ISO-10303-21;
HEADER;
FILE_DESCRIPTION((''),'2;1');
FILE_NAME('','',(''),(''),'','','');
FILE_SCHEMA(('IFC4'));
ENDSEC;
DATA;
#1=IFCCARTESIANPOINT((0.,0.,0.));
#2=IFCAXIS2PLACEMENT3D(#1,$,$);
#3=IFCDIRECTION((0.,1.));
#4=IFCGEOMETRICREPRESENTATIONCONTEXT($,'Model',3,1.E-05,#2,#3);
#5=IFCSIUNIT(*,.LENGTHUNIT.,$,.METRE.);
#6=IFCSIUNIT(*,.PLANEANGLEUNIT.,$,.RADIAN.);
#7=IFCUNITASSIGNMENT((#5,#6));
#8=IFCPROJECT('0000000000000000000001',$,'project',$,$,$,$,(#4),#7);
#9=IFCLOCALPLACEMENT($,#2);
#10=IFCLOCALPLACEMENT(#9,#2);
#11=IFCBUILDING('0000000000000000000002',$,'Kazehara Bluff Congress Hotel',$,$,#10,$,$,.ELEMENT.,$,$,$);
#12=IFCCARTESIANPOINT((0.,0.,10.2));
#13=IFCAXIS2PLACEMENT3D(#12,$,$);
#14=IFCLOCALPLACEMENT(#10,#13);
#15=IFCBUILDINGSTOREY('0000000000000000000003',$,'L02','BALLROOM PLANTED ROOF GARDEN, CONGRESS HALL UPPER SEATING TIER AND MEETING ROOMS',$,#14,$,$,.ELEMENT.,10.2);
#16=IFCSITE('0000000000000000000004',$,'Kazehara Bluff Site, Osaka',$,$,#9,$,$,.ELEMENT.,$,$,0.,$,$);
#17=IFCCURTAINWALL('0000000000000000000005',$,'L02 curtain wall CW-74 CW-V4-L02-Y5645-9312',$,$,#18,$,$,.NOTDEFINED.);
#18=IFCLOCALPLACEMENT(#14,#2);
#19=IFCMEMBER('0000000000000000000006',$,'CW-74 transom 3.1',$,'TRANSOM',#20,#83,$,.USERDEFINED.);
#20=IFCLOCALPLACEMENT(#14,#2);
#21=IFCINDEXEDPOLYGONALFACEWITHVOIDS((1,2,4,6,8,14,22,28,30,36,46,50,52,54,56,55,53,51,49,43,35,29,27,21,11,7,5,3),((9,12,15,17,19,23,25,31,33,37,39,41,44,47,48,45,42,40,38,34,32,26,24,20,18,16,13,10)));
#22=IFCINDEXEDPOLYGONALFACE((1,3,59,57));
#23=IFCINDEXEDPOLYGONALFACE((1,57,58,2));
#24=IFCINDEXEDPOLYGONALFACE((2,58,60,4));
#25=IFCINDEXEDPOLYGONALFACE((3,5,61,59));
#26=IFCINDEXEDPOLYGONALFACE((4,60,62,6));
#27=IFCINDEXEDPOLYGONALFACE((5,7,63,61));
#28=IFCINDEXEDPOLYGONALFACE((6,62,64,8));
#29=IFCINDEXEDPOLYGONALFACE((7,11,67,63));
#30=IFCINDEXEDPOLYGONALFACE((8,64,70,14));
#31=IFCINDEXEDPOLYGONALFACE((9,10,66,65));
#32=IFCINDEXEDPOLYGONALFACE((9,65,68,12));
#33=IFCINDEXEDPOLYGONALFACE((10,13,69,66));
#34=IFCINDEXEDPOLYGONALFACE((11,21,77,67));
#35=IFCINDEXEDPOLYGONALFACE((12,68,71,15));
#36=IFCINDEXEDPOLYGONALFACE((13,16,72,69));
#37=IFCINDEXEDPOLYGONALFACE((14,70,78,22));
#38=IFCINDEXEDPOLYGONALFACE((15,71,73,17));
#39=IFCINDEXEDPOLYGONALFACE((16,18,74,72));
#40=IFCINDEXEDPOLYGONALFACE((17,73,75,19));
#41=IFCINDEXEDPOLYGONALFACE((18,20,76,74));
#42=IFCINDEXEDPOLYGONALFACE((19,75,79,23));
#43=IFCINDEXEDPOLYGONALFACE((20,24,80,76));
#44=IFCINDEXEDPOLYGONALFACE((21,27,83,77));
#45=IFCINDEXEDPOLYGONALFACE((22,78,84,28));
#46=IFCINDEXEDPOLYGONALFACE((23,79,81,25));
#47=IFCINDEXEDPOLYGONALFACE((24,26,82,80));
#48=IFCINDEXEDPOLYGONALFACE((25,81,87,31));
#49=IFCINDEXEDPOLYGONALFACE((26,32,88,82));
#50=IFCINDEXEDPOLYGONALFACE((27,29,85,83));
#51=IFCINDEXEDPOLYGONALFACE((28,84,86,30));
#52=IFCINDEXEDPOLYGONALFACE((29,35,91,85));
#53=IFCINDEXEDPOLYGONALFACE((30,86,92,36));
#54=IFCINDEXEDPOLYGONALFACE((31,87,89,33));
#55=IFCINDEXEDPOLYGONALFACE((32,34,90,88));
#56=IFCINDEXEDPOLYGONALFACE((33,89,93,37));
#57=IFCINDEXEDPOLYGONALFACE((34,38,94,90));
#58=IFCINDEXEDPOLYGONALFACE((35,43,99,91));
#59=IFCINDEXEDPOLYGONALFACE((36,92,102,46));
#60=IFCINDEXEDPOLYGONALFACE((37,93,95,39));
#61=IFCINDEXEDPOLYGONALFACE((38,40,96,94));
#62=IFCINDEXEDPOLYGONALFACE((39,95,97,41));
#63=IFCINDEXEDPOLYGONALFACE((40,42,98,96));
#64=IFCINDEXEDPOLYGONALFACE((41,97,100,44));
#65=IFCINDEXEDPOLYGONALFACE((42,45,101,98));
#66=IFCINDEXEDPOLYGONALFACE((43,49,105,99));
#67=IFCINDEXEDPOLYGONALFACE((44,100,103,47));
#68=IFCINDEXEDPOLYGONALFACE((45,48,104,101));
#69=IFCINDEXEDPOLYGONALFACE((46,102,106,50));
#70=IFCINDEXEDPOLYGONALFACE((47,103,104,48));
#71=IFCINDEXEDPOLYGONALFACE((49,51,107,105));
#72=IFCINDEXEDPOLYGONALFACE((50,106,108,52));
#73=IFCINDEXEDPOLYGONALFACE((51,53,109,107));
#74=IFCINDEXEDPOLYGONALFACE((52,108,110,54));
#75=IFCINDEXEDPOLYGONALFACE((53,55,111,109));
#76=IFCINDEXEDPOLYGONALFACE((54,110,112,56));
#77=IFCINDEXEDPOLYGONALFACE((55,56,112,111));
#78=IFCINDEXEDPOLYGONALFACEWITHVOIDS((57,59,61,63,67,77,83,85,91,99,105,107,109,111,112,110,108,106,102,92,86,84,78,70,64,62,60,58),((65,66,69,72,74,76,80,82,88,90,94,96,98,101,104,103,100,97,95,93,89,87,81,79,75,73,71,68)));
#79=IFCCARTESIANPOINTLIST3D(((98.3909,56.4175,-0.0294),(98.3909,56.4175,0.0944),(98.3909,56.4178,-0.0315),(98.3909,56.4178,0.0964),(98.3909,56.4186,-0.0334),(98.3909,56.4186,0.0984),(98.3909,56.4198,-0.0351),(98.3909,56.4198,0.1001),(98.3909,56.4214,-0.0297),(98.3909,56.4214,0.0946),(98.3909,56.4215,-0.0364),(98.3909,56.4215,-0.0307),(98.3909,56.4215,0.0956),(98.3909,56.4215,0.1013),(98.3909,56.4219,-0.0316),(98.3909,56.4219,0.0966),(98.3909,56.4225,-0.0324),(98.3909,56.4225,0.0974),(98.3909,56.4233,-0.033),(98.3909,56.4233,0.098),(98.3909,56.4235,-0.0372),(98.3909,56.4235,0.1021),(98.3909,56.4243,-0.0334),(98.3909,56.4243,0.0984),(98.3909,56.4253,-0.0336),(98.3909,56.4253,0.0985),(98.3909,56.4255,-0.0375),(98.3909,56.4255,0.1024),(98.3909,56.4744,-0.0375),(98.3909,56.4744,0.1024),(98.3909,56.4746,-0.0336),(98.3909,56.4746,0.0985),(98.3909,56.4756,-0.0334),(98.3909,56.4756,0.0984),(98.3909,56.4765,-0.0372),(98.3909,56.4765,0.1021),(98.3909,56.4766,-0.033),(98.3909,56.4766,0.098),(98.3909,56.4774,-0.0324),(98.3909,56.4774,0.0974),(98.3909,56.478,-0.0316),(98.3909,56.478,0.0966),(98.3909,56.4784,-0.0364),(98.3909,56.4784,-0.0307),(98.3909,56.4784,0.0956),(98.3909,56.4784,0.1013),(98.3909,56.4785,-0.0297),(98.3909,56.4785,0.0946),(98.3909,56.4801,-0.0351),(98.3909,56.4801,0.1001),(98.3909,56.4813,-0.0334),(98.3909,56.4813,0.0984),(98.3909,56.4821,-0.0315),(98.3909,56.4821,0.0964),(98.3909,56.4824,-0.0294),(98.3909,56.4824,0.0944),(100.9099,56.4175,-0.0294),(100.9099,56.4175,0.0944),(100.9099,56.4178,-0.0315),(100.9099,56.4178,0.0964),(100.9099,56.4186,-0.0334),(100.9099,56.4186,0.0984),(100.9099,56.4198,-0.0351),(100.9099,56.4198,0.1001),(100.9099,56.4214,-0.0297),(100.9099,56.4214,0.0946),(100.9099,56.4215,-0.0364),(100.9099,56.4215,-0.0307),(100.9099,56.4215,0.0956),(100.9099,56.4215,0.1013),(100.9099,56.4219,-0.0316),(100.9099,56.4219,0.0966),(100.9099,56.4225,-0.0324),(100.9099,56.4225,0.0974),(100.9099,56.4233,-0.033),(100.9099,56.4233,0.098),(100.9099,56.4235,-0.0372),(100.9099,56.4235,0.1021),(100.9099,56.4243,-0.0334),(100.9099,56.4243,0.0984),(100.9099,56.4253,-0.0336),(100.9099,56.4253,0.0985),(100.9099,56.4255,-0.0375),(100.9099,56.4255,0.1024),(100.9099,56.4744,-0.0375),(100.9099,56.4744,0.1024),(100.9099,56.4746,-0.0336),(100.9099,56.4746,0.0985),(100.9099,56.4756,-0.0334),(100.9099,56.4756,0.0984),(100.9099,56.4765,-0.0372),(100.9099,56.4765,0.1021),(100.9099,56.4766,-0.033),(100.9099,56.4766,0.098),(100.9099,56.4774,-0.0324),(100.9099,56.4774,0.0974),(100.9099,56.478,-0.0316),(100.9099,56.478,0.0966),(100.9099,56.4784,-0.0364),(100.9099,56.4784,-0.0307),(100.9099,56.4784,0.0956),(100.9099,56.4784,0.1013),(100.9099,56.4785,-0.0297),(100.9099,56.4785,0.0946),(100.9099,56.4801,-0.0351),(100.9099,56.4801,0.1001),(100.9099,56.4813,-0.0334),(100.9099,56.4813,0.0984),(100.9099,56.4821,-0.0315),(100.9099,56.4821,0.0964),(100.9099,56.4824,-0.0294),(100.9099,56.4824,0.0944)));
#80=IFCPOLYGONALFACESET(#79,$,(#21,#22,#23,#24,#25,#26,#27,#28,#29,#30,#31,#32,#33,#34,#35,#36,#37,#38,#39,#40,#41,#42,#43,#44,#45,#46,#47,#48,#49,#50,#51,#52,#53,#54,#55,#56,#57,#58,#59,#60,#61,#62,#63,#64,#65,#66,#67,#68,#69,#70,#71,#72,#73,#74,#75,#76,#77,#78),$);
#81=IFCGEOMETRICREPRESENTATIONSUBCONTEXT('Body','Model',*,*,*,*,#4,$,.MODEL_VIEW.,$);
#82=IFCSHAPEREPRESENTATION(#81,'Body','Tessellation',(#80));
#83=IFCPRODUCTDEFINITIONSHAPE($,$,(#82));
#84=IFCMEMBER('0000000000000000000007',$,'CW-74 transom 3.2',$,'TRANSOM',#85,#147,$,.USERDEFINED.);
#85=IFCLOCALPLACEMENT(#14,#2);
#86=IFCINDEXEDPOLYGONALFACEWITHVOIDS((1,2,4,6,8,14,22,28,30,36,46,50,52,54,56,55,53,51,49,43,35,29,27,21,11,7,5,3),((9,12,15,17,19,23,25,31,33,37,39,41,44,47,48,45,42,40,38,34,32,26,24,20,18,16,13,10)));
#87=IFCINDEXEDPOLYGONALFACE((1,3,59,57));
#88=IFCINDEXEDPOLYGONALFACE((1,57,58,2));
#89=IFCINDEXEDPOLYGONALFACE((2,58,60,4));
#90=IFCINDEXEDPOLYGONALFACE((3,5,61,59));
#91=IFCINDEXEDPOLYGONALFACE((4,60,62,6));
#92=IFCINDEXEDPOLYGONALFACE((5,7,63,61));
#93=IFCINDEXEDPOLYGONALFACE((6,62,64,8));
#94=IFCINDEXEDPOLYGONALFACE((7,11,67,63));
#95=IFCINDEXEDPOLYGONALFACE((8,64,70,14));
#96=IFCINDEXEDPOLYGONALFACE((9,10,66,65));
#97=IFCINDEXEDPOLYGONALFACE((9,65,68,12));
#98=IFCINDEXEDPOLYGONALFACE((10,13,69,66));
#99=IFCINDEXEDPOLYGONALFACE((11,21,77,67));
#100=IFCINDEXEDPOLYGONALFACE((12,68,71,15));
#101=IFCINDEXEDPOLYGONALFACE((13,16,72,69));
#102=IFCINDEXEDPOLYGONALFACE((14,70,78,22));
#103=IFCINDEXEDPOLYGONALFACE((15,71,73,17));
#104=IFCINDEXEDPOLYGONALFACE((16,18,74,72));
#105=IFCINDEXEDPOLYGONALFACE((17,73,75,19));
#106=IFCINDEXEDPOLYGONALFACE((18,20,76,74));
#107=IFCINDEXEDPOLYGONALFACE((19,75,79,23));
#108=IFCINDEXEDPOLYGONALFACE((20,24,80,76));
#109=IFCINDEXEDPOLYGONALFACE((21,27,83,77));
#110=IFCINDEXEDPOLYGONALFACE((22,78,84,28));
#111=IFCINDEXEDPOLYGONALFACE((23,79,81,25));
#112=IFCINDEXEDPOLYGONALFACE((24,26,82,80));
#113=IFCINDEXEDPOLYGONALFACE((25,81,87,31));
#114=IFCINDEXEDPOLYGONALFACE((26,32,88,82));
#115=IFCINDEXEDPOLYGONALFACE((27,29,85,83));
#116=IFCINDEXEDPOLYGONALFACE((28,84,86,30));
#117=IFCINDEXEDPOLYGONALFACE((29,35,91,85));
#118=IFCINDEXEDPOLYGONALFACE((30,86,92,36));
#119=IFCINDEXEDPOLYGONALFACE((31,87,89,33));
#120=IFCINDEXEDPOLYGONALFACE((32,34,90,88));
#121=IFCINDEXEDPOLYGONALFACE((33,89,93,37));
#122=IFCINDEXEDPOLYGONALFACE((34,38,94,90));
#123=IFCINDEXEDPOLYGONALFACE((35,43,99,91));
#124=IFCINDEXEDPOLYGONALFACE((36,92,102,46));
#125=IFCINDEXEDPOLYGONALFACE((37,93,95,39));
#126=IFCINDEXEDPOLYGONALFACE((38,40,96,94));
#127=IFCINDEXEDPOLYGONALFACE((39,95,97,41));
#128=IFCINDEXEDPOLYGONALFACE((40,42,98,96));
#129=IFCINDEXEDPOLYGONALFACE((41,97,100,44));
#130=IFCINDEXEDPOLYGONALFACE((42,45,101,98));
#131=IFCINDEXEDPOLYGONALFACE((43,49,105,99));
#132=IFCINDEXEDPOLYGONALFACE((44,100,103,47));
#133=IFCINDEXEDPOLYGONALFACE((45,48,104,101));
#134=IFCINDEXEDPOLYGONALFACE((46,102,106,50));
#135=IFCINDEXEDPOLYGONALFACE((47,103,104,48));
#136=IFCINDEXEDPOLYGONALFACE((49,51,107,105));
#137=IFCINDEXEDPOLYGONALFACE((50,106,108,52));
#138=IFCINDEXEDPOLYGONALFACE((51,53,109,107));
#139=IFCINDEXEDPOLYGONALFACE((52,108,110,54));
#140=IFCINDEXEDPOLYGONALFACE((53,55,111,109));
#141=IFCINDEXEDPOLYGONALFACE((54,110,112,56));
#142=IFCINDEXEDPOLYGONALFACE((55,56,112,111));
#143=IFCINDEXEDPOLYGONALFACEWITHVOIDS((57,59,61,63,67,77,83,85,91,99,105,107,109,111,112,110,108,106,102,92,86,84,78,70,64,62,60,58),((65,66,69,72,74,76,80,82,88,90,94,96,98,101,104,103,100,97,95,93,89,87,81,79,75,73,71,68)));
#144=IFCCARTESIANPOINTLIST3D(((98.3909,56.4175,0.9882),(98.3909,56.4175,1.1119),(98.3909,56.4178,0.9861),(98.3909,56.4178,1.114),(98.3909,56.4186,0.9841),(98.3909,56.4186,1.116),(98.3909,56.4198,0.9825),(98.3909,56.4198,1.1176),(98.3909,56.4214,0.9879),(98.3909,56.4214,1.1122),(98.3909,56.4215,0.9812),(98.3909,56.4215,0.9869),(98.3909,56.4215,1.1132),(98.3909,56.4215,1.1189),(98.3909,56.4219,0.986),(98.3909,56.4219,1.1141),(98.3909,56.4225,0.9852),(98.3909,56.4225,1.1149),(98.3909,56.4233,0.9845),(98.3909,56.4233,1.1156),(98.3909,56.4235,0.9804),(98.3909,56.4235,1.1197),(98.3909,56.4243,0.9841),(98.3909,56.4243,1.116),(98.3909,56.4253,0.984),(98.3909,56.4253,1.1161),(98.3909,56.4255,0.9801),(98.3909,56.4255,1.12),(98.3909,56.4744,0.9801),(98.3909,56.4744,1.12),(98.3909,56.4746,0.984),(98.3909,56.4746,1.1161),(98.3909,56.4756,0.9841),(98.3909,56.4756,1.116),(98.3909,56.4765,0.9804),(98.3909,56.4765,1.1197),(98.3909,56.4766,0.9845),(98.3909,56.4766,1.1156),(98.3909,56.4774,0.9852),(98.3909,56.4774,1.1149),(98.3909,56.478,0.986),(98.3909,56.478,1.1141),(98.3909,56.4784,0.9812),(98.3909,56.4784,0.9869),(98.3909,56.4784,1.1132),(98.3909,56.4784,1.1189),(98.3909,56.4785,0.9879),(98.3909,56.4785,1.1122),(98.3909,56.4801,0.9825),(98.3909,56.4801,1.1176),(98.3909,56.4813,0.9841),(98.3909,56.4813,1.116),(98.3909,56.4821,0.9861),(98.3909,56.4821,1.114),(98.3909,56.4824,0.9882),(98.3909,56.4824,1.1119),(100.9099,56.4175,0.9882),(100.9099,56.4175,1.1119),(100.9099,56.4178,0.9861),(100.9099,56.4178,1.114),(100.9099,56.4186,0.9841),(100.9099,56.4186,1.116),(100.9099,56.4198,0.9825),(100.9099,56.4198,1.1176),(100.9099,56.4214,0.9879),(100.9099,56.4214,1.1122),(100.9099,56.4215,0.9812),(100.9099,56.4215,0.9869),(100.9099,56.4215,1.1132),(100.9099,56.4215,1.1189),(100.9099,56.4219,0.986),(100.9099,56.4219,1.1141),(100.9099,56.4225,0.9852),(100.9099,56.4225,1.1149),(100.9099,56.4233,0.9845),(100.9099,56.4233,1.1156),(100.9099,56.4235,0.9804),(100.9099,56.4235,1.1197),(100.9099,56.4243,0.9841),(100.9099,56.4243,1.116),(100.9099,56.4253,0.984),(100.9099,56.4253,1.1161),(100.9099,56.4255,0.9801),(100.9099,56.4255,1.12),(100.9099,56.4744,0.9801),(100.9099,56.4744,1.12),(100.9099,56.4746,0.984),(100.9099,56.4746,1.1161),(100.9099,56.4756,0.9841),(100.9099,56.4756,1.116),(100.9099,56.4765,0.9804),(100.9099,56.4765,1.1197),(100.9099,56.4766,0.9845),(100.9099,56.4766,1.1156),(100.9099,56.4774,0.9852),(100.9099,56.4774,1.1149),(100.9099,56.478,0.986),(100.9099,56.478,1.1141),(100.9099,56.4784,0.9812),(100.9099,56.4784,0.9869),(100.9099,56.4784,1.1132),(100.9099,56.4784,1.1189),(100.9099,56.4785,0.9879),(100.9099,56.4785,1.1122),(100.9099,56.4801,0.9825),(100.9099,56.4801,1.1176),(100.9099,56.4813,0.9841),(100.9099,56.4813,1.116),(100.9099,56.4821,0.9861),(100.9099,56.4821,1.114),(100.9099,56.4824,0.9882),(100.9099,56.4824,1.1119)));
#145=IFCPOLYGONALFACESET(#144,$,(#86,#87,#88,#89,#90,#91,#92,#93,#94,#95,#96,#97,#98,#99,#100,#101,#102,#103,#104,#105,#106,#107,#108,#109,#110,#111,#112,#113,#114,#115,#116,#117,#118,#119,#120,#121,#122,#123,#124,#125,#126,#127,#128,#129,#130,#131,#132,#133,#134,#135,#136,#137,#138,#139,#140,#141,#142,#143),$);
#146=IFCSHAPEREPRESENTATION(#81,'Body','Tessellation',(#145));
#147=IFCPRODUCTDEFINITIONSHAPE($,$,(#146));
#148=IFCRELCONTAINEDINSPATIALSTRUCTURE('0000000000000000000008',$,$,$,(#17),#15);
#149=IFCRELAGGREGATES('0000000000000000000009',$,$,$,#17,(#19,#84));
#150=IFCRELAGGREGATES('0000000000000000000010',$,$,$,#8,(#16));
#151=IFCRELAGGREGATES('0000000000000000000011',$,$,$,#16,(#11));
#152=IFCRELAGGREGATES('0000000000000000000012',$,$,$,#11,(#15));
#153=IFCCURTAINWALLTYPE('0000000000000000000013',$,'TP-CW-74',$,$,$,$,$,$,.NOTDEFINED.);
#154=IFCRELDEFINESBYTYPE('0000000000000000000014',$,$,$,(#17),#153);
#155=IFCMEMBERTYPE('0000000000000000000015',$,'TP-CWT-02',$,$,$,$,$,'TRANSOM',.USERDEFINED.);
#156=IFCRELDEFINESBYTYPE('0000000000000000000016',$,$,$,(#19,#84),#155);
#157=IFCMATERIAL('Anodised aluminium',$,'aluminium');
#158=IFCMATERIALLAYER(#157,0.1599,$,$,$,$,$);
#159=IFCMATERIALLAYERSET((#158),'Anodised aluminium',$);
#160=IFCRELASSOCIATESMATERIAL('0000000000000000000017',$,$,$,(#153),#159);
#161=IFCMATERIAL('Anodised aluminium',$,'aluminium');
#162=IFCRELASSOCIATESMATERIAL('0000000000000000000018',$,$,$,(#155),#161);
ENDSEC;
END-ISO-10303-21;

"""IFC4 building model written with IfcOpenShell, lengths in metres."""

from ifc_helpers import new_model, si_unit, direction, frame, origin, origin_2d, place, context, subcontext, project, spatial, hollow_rectangle, extrude, material, layer, layer_set, material_profile, profile_set, type_object, element, aggregate, save


model = new_model("IFC4")

# Units and contexts
model_context = context("Model", 3, precision=1e-05, world=origin(), true_north=direction((0.0, 1.0)))
body_context = subcontext(model_context, "Body", "Model", "MODEL_VIEW")
ifc_project = project(units=[si_unit("LENGTHUNIT", "METRE"), si_unit("PLANEANGLEUNIT", "RADIAN")], contexts=[model_context])

# Site, building, storey
site_placement = place(None, origin())
site = spatial("IfcSite", under=ifc_project, at=site_placement, Name="Kazehara Bluff Site, Osaka", CompositionType="ELEMENT", RefElevation=0.0)
building_placement = place(site_placement, origin())
building = spatial("IfcBuilding", under=site, at=building_placement, Name="Kazehara Bluff Congress Hotel", CompositionType="ELEMENT")
storey_placement = place(building_placement, frame((0.0, 0.0, 10.2)))
storey = spatial("IfcBuildingStorey", under=building, at=storey_placement, Name="L02", Description="BALLROOM PLANTED ROOF GARDEN, CONGRESS HALL UPPER SEATING TIER AND MEETING ROOMS", CompositionType="ELEMENT", Elevation=10.2)

# Curtain wall
ifc_material_1 = material(Name="Anodised aluminium", Category="aluminium")
ifc_layer_1 = layer(ifc_material_1, 0.1599)
ifc_layer_set_1 = layer_set([ifc_layer_1], Name="Anodised aluminium")
curtain_wall_type_1 = type_object("IfcCurtainWallType", Name="TP-CW-74", PredefinedType="NOTDEFINED", material=ifc_layer_set_1)
curtain_wall_1_placement = place(storey_placement, origin())
curtain_wall_1 = element("IfcCurtainWall", 1, at=curtain_wall_1_placement, inside=storey, type_object=curtain_wall_type_1, Name="L02 curtain wall CW-74 CW-V4-L02-Y5645-9312", PredefinedType="NOTDEFINED")

# Members
ifc_material_2 = material(Name="Anodised aluminium", Category="aluminium")
ifc_material_profile_1 = material_profile(ifc_material_2, hollow_rectangle(XDim=0.0649, YDim=0.1399, WallThickness=0.0039, InnerFilletRadius=0.0039, OuterFilletRadius=0.0081, at=origin_2d()))
ifc_profile_set_1 = profile_set([ifc_material_profile_1], Name="Anodised aluminium")
member_type_1 = type_object("IfcMemberType", Name="TP-CWT-02", ElementType="TRANSOM", PredefinedType="USERDEFINED", material=ifc_profile_set_1)
member_1_placement = place(storey_placement, frame((98.3909, 56.45, 0.0325), z_axis=(1.0, 0.0, 0.0), x_axis=(0.0, 1.0, 0.0)))
member_1 = element("IfcMember", 2, at=member_1_placement, type_object=member_type_1, Name="CW-74 transom 3.1", ObjectType="TRANSOM", PredefinedType="USERDEFINED", context=body_context, shape_type="SweptSolid", body=[
    extrude(hollow_rectangle(XDim=0.0649, YDim=0.1399, WallThickness=0.0039, InnerFilletRadius=0.0039, OuterFilletRadius=0.0081, at=origin_2d()), origin(), (0.0, 0.0, 1.0), 2.519),
])
member_2_placement = place(storey_placement, frame((98.3909, 56.45, 1.05), z_axis=(1.0, 0.0, 0.0), x_axis=(0.0, 1.0, 0.0)))
member_2 = element("IfcMember", 3, at=member_2_placement, type_object=member_type_1, Name="CW-74 transom 3.2", ObjectType="TRANSOM", PredefinedType="USERDEFINED", context=body_context, shape_type="SweptSolid", body=[
    extrude(hollow_rectangle(XDim=0.0649, YDim=0.1399, WallThickness=0.0039, InnerFilletRadius=0.0039, OuterFilletRadius=0.0081, at=origin_2d()), origin(), (0.0, 0.0, 1.0), 2.519),
])

aggregate(curtain_wall_1, [member_1, member_2])

save(model, "model.ifc")
